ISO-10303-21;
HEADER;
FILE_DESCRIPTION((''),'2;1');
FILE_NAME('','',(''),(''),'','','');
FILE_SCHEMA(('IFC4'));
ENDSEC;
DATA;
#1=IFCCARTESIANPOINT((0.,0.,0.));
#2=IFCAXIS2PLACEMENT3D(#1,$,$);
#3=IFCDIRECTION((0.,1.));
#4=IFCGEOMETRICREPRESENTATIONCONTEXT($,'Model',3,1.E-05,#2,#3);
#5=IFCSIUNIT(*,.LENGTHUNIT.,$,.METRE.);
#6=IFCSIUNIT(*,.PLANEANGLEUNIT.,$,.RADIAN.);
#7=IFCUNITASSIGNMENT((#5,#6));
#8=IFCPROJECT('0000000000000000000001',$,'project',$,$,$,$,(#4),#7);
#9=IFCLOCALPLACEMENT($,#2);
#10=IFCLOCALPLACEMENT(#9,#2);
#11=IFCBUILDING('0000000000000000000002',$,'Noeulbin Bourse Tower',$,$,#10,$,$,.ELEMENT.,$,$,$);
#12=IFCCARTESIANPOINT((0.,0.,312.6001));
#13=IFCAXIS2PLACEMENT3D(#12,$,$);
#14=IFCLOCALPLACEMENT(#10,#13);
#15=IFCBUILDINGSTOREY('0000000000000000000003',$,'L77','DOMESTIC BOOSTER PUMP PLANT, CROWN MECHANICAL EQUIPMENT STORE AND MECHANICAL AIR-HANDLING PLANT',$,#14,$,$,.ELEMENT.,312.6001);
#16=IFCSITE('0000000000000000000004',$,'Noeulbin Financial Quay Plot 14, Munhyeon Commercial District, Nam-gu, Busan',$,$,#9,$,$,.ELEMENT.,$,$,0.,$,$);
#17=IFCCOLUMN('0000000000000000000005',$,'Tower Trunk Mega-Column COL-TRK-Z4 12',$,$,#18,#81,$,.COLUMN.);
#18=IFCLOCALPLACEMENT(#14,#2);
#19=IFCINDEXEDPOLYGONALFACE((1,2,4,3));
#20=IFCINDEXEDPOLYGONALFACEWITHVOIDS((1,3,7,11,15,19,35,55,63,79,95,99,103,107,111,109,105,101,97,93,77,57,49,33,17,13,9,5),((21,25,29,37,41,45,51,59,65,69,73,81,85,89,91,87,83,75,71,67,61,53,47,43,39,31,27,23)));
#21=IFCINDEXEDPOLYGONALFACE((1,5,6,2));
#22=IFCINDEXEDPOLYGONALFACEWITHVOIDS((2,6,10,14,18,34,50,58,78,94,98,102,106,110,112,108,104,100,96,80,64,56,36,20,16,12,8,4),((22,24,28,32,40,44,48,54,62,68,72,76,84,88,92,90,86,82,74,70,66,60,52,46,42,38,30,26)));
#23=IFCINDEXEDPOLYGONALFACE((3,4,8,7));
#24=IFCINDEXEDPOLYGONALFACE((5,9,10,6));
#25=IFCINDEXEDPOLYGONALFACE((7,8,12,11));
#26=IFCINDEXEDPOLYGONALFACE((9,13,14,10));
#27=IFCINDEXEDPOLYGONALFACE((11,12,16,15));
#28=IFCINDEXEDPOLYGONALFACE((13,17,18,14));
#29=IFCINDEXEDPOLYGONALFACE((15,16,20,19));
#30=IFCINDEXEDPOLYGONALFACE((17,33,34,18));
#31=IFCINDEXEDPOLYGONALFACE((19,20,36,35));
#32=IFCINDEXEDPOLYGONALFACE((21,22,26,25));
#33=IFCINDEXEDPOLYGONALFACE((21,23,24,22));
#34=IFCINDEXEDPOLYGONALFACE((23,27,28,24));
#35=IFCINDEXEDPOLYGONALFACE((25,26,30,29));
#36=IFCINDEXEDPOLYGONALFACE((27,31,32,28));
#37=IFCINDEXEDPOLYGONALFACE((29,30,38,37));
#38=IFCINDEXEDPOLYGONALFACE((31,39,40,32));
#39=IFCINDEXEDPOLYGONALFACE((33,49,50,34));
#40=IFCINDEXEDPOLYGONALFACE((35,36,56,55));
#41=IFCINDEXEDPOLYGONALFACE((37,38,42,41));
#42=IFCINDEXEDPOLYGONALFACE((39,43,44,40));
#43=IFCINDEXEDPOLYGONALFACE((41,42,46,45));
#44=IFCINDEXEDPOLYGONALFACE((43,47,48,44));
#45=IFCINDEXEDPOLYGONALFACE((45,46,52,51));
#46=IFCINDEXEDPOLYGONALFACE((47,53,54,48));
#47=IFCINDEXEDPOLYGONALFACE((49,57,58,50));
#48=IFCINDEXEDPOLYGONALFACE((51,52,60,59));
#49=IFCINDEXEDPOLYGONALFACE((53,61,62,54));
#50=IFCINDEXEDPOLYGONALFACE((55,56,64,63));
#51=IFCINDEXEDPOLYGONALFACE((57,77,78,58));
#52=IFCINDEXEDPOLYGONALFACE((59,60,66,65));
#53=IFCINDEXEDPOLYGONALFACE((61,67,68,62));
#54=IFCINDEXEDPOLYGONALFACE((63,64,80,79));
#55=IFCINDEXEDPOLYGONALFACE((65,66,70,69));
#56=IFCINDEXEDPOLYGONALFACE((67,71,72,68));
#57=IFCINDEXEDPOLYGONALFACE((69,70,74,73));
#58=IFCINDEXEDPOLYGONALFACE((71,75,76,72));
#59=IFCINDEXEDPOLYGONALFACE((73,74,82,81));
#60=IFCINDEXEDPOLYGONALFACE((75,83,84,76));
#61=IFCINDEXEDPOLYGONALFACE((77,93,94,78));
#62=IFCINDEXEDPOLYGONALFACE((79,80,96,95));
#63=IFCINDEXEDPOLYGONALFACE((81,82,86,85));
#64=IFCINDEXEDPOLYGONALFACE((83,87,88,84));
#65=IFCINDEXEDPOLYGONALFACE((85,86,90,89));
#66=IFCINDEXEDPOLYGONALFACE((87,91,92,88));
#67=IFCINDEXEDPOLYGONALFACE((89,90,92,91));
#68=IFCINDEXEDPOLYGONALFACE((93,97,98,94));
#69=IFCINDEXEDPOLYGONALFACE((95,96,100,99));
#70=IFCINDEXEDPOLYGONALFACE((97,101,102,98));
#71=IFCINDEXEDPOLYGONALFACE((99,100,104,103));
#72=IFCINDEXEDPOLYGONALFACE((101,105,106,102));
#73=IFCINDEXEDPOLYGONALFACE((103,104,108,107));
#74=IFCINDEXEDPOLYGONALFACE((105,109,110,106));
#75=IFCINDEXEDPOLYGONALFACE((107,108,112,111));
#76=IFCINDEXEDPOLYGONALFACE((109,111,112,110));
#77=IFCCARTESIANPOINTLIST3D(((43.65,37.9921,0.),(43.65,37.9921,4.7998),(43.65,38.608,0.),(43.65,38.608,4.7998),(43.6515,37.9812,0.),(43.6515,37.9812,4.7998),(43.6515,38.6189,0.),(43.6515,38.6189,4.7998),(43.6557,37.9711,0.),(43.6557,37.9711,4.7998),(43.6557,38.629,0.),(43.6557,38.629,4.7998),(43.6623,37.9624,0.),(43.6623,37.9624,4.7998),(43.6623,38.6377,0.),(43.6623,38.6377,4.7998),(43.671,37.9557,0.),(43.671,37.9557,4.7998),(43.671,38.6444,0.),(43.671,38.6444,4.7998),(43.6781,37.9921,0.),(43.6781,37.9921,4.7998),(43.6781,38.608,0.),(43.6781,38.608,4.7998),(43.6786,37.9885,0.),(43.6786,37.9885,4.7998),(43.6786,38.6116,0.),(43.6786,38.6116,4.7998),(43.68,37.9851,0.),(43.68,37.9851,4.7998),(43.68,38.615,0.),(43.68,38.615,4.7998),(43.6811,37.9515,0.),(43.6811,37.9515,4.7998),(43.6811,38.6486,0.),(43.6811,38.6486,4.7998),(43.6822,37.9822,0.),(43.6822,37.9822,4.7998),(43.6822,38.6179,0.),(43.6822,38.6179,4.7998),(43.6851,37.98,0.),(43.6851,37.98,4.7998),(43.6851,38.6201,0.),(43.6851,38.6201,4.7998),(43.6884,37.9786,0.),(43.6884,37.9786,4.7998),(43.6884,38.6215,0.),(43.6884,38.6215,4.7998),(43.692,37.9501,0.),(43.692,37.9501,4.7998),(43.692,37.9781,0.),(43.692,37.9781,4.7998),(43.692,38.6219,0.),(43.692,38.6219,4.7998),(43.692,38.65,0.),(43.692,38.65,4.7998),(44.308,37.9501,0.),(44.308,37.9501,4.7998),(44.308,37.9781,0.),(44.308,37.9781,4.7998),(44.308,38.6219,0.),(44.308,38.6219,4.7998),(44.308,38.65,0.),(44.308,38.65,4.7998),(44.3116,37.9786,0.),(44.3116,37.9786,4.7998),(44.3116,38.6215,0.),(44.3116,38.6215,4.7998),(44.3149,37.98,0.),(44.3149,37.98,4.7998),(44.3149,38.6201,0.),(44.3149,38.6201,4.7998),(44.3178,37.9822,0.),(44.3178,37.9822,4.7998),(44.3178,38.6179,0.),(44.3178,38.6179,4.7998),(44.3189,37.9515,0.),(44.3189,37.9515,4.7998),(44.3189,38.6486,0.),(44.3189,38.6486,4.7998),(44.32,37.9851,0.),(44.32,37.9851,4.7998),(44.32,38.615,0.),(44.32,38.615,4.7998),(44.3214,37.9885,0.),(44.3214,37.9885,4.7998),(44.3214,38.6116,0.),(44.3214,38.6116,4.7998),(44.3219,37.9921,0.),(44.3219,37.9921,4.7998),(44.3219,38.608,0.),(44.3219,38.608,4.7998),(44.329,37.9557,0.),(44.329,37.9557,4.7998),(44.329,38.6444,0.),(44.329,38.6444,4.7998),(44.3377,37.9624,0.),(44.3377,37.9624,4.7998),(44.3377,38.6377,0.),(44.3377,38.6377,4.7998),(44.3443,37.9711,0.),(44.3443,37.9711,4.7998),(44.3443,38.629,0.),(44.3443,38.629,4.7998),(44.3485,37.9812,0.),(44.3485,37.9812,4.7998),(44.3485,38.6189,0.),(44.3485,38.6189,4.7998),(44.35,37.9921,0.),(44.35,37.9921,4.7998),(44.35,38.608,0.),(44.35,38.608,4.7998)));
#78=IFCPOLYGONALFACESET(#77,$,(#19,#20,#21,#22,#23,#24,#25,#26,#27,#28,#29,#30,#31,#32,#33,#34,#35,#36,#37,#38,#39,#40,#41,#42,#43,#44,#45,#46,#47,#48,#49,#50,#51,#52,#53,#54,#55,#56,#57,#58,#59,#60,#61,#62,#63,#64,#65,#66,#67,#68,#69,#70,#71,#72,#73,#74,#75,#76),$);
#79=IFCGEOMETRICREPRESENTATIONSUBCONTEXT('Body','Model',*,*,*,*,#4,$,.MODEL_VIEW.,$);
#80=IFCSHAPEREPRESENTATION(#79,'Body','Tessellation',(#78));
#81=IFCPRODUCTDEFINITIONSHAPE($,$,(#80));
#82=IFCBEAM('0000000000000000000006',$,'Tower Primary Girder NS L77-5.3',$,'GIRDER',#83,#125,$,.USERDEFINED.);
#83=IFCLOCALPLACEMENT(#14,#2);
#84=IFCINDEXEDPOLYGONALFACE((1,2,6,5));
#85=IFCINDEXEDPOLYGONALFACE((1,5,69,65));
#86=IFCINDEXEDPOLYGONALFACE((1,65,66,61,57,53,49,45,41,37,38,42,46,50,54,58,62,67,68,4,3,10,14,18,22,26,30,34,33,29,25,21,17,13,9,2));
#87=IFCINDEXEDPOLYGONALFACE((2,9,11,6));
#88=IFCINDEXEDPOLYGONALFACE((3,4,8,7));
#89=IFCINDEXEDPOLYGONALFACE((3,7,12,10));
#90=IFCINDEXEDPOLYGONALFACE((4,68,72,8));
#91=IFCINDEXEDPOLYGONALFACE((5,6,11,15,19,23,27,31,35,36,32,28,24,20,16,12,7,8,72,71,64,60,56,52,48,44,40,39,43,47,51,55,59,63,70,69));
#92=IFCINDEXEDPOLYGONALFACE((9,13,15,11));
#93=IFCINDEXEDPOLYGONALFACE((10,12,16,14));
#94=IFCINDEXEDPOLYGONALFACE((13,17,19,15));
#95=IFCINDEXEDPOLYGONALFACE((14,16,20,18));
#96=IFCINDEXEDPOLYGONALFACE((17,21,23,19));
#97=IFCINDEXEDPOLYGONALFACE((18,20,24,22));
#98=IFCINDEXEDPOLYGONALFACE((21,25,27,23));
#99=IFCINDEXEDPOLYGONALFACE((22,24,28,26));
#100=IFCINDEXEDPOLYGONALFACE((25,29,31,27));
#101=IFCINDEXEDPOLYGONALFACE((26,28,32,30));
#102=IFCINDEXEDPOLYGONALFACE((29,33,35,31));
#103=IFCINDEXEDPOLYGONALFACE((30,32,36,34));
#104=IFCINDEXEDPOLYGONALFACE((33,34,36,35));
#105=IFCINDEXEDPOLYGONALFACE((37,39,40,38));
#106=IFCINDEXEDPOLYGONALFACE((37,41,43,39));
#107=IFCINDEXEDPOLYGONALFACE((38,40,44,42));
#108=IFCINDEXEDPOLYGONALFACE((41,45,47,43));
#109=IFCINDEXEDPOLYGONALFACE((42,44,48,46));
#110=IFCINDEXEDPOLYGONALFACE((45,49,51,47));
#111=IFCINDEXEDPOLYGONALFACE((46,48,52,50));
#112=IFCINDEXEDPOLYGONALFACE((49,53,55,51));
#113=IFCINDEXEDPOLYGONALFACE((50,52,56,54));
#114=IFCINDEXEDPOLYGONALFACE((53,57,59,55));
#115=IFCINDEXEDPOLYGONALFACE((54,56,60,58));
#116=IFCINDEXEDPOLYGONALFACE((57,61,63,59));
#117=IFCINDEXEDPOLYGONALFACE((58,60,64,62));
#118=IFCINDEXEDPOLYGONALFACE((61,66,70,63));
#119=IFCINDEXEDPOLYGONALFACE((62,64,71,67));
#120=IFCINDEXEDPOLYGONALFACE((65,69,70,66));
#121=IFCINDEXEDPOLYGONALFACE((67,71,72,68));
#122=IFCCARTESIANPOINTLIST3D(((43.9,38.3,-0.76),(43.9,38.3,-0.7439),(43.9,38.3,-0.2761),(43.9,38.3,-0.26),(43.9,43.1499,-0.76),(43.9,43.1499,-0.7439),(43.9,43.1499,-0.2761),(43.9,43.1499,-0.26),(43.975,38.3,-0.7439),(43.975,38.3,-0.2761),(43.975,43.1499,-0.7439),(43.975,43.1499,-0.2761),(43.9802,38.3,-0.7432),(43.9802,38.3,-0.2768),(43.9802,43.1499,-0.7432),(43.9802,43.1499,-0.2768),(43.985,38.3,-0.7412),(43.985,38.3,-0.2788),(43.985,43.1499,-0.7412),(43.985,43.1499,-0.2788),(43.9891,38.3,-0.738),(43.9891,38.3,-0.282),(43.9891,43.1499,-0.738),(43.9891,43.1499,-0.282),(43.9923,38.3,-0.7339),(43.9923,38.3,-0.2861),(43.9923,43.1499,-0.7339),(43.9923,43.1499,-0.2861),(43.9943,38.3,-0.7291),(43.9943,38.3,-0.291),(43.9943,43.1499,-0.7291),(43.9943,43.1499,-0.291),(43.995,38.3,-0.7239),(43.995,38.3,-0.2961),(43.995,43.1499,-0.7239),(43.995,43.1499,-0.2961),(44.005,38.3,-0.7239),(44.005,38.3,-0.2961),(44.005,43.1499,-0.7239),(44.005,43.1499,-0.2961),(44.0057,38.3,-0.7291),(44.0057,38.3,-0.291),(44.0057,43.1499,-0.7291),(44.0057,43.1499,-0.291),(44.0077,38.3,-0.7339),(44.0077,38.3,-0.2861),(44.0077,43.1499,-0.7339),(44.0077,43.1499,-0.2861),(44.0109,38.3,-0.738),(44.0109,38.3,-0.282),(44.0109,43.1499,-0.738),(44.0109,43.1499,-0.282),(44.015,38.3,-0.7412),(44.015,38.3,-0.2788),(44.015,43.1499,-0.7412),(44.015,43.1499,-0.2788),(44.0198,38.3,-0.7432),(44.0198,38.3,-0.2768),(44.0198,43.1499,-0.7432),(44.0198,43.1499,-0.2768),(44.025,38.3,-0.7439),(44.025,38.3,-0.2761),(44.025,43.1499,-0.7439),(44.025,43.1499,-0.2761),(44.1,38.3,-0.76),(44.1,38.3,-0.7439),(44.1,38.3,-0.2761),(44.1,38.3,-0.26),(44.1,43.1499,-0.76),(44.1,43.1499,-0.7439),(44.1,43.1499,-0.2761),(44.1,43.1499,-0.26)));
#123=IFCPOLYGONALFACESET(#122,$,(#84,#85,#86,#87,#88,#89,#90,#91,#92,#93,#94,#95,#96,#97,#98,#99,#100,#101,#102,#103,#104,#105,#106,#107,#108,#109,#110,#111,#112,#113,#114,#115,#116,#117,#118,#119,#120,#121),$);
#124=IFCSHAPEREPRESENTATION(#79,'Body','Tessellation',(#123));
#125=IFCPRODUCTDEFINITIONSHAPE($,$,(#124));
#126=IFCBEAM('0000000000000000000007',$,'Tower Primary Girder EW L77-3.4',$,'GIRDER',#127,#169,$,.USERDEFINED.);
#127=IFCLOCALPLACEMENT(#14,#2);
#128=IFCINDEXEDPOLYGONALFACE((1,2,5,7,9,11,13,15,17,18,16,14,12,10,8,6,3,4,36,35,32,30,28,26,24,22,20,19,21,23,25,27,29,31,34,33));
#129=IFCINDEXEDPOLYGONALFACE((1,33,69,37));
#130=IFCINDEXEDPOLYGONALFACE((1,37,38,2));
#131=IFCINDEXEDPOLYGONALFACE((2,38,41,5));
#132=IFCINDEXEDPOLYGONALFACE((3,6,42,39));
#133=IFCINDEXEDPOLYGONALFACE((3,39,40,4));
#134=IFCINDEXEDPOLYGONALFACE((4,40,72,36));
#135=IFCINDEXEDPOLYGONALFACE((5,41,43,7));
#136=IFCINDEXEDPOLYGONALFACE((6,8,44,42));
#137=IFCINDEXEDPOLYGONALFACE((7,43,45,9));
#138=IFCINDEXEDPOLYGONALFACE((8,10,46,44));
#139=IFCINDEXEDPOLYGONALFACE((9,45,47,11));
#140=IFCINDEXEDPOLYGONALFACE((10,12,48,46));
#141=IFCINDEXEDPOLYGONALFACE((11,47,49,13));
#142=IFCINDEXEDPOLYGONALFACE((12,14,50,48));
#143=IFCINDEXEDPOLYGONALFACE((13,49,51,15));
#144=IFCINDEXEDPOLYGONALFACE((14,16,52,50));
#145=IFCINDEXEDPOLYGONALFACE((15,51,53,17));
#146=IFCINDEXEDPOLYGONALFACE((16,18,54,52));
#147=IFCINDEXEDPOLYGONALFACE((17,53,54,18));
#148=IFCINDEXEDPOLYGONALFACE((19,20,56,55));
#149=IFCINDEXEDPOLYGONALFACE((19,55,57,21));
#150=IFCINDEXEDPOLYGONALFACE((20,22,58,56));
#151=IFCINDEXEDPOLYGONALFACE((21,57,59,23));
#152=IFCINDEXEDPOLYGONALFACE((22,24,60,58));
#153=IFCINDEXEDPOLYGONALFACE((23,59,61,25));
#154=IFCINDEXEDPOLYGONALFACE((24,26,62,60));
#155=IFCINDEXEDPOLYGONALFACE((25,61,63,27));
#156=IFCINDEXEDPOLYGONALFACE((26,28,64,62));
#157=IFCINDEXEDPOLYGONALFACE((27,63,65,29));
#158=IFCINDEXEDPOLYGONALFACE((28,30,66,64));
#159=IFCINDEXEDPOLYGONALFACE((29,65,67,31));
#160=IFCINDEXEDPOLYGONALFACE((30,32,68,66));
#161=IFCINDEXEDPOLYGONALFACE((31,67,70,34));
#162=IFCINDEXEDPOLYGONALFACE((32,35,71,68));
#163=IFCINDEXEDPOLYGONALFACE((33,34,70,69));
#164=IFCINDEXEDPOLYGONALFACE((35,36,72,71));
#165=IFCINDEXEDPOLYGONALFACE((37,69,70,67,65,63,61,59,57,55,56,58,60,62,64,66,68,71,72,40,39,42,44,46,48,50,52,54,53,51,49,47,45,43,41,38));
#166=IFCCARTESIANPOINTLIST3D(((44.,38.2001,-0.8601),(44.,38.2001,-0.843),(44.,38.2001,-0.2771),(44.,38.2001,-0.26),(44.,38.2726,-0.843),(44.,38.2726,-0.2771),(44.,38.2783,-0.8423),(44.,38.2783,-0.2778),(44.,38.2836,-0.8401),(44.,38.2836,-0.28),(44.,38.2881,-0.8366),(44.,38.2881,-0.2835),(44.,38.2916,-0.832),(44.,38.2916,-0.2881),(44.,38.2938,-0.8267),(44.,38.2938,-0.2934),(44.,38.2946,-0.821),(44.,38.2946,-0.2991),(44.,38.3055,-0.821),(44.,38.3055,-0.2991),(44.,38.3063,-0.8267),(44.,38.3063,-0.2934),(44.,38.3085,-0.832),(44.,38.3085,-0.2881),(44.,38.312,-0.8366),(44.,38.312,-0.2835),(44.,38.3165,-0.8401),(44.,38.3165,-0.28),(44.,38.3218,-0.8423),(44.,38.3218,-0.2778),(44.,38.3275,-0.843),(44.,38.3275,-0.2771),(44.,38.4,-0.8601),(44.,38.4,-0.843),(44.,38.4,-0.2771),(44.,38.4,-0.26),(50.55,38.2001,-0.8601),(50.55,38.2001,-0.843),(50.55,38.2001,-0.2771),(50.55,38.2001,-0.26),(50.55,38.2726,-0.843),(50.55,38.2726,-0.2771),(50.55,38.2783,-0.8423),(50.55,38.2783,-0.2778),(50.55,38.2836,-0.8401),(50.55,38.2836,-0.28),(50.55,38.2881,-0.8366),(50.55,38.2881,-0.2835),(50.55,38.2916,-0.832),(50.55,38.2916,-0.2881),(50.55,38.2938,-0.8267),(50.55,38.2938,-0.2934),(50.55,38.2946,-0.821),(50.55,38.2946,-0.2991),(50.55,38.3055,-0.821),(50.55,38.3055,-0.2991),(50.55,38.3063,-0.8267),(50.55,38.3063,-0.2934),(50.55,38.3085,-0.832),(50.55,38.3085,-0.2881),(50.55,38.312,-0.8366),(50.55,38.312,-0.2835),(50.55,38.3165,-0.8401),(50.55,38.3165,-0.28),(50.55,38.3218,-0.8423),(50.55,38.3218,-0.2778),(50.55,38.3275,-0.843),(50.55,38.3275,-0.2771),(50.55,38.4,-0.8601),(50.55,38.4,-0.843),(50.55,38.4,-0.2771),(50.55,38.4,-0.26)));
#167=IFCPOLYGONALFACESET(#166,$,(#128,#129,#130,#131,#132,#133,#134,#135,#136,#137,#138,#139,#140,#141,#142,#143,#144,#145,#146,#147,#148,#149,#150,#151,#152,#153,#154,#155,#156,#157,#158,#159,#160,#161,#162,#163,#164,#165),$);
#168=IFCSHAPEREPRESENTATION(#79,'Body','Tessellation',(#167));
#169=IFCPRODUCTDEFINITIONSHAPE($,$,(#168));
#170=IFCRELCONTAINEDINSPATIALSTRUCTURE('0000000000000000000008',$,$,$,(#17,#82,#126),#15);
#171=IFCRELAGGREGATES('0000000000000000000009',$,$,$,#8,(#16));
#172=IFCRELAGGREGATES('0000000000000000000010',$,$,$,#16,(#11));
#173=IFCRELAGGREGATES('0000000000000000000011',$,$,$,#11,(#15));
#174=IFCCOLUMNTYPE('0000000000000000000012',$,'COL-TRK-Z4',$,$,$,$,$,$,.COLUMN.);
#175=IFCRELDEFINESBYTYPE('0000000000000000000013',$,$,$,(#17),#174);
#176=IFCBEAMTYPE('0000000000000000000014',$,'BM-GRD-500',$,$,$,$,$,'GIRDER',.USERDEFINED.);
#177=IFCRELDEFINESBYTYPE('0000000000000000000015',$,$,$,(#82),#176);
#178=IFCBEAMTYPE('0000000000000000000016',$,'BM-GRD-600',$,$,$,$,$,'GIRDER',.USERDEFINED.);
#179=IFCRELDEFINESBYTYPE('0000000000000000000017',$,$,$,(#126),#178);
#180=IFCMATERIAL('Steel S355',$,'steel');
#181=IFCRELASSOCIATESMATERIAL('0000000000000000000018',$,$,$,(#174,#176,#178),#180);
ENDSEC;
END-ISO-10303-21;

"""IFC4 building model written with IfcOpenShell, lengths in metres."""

from ifc_helpers import new_model, si_unit, direction, frame, origin, origin_2d, place, context, subcontext, project, spatial, hollow_rectangle, i_section, extrude, material, material_profile, profile_set, type_object, element, save


model = new_model("IFC4")

# Units and contexts
model_context = context("Model", 3, precision=1e-05, world=origin(), true_north=direction((0.0, 1.0)))
body_context = subcontext(model_context, "Body", "Model", "MODEL_VIEW")
ifc_project = project(units=[si_unit("LENGTHUNIT", "METRE"), si_unit("PLANEANGLEUNIT", "RADIAN")], contexts=[model_context])

# Site, building, storey
site_placement = place(None, origin())
site = spatial("IfcSite", under=ifc_project, at=site_placement, Name="Noeulbin Financial Quay Plot 14, Munhyeon Commercial District, Nam-gu, Busan", CompositionType="ELEMENT", RefElevation=0.0)
building_placement = place(site_placement, origin())
building = spatial("IfcBuilding", under=site, at=building_placement, Name="Noeulbin Bourse Tower", CompositionType="ELEMENT")
storey_placement = place(building_placement, frame((0.0, 0.0, 312.6001)))
storey = spatial("IfcBuildingStorey", under=building, at=storey_placement, Name="L77", Description="DOMESTIC BOOSTER PUMP PLANT, CROWN MECHANICAL EQUIPMENT STORE AND MECHANICAL AIR-HANDLING PLANT", CompositionType="ELEMENT", Elevation=312.6001)

# Column
ifc_material_1 = material(Name="Steel S355", Category="steel")
ifc_material_profile_1 = material_profile(ifc_material_1, hollow_rectangle(XDim=0.7, YDim=0.7, WallThickness=0.0281, InnerFilletRadius=0.0139, OuterFilletRadius=0.042, at=origin_2d()), Name="BOX-700x700x28", Category="LoadBearing")
ifc_profile_set_1 = profile_set([ifc_material_profile_1], Name="Steel S355")
column_type_1 = type_object("IfcColumnType", Name="COL-TRK-Z4", PredefinedType="COLUMN", material=ifc_profile_set_1)
column_placement = place(storey_placement, frame((44.0, 38.3, 0.0), z_axis=(0.0, 0.0, 1.0), x_axis=(1.0, 0.0, 0.0)))
element("IfcColumn", 1, at=column_placement, inside=storey, type_object=column_type_1, Name="Tower Trunk Mega-Column COL-TRK-Z4 12", PredefinedType="COLUMN", context=body_context, shape_type="SweptSolid", body=[
    extrude(hollow_rectangle(XDim=0.7, YDim=0.7, WallThickness=0.0281, InnerFilletRadius=0.0139, OuterFilletRadius=0.042, at=origin_2d()), origin(), (0.0, 0.0, 1.0), 4.7998),
])

# Beams
ifc_material_profile_2 = material_profile(ifc_material_1, i_section(OverallWidth=0.2, OverallDepth=0.5, WebThickness=0.01, FlangeThickness=0.0161, FilletRadius=0.02, at=origin_2d()), Name="H-500x200x10x16", Category="LoadBearing")
ifc_profile_set_2 = profile_set([ifc_material_profile_2], Name="Steel S355")
beam_type_1 = type_object("IfcBeamType", Name="BM-GRD-500", ElementType="GIRDER", PredefinedType="USERDEFINED", material=ifc_profile_set_2)
beam_1_placement = place(storey_placement, frame((44.0, 38.3, -0.51), z_axis=(0.0, 1.0, 0.0), x_axis=(-1.0, 0.0, 0.0)))
element("IfcBeam", 2, at=beam_1_placement, inside=storey, type_object=beam_type_1, Name="Tower Primary Girder NS L77-5.3", ObjectType="GIRDER", PredefinedType="USERDEFINED", context=body_context, shape_type="SweptSolid", body=[
    extrude(i_section(OverallWidth=0.2, OverallDepth=0.5, WebThickness=0.01, FlangeThickness=0.0161, FilletRadius=0.02, at=origin_2d()), origin(), (0.0, 0.0, 1.0), 4.8499),
])
ifc_material_profile_3 = material_profile(ifc_material_1, i_section(OverallWidth=0.2, OverallDepth=0.6001, WebThickness=0.011, FlangeThickness=0.0171, FilletRadius=0.022, at=origin_2d()), Name="H-600x200x11x17", Category="LoadBearing")
ifc_profile_set_3 = profile_set([ifc_material_profile_3], Name="Steel S355")
beam_type_2 = type_object("IfcBeamType", Name="BM-GRD-600", ElementType="GIRDER", PredefinedType="USERDEFINED", material=ifc_profile_set_3)
beam_2_placement = place(storey_placement, frame((44.0, 38.3, -0.5601), z_axis=(1.0, 0.0, 0.0), x_axis=(0.0, 1.0, 0.0)))
element("IfcBeam", 3, at=beam_2_placement, inside=storey, type_object=beam_type_2, Name="Tower Primary Girder EW L77-3.4", ObjectType="GIRDER", PredefinedType="USERDEFINED", context=body_context, shape_type="SweptSolid", body=[
    extrude(i_section(OverallWidth=0.2, OverallDepth=0.6001, WebThickness=0.011, FlangeThickness=0.0171, FilletRadius=0.022, at=origin_2d()), origin(), (0.0, 0.0, 1.0), 6.55),
])

save(model, "model.ifc")
